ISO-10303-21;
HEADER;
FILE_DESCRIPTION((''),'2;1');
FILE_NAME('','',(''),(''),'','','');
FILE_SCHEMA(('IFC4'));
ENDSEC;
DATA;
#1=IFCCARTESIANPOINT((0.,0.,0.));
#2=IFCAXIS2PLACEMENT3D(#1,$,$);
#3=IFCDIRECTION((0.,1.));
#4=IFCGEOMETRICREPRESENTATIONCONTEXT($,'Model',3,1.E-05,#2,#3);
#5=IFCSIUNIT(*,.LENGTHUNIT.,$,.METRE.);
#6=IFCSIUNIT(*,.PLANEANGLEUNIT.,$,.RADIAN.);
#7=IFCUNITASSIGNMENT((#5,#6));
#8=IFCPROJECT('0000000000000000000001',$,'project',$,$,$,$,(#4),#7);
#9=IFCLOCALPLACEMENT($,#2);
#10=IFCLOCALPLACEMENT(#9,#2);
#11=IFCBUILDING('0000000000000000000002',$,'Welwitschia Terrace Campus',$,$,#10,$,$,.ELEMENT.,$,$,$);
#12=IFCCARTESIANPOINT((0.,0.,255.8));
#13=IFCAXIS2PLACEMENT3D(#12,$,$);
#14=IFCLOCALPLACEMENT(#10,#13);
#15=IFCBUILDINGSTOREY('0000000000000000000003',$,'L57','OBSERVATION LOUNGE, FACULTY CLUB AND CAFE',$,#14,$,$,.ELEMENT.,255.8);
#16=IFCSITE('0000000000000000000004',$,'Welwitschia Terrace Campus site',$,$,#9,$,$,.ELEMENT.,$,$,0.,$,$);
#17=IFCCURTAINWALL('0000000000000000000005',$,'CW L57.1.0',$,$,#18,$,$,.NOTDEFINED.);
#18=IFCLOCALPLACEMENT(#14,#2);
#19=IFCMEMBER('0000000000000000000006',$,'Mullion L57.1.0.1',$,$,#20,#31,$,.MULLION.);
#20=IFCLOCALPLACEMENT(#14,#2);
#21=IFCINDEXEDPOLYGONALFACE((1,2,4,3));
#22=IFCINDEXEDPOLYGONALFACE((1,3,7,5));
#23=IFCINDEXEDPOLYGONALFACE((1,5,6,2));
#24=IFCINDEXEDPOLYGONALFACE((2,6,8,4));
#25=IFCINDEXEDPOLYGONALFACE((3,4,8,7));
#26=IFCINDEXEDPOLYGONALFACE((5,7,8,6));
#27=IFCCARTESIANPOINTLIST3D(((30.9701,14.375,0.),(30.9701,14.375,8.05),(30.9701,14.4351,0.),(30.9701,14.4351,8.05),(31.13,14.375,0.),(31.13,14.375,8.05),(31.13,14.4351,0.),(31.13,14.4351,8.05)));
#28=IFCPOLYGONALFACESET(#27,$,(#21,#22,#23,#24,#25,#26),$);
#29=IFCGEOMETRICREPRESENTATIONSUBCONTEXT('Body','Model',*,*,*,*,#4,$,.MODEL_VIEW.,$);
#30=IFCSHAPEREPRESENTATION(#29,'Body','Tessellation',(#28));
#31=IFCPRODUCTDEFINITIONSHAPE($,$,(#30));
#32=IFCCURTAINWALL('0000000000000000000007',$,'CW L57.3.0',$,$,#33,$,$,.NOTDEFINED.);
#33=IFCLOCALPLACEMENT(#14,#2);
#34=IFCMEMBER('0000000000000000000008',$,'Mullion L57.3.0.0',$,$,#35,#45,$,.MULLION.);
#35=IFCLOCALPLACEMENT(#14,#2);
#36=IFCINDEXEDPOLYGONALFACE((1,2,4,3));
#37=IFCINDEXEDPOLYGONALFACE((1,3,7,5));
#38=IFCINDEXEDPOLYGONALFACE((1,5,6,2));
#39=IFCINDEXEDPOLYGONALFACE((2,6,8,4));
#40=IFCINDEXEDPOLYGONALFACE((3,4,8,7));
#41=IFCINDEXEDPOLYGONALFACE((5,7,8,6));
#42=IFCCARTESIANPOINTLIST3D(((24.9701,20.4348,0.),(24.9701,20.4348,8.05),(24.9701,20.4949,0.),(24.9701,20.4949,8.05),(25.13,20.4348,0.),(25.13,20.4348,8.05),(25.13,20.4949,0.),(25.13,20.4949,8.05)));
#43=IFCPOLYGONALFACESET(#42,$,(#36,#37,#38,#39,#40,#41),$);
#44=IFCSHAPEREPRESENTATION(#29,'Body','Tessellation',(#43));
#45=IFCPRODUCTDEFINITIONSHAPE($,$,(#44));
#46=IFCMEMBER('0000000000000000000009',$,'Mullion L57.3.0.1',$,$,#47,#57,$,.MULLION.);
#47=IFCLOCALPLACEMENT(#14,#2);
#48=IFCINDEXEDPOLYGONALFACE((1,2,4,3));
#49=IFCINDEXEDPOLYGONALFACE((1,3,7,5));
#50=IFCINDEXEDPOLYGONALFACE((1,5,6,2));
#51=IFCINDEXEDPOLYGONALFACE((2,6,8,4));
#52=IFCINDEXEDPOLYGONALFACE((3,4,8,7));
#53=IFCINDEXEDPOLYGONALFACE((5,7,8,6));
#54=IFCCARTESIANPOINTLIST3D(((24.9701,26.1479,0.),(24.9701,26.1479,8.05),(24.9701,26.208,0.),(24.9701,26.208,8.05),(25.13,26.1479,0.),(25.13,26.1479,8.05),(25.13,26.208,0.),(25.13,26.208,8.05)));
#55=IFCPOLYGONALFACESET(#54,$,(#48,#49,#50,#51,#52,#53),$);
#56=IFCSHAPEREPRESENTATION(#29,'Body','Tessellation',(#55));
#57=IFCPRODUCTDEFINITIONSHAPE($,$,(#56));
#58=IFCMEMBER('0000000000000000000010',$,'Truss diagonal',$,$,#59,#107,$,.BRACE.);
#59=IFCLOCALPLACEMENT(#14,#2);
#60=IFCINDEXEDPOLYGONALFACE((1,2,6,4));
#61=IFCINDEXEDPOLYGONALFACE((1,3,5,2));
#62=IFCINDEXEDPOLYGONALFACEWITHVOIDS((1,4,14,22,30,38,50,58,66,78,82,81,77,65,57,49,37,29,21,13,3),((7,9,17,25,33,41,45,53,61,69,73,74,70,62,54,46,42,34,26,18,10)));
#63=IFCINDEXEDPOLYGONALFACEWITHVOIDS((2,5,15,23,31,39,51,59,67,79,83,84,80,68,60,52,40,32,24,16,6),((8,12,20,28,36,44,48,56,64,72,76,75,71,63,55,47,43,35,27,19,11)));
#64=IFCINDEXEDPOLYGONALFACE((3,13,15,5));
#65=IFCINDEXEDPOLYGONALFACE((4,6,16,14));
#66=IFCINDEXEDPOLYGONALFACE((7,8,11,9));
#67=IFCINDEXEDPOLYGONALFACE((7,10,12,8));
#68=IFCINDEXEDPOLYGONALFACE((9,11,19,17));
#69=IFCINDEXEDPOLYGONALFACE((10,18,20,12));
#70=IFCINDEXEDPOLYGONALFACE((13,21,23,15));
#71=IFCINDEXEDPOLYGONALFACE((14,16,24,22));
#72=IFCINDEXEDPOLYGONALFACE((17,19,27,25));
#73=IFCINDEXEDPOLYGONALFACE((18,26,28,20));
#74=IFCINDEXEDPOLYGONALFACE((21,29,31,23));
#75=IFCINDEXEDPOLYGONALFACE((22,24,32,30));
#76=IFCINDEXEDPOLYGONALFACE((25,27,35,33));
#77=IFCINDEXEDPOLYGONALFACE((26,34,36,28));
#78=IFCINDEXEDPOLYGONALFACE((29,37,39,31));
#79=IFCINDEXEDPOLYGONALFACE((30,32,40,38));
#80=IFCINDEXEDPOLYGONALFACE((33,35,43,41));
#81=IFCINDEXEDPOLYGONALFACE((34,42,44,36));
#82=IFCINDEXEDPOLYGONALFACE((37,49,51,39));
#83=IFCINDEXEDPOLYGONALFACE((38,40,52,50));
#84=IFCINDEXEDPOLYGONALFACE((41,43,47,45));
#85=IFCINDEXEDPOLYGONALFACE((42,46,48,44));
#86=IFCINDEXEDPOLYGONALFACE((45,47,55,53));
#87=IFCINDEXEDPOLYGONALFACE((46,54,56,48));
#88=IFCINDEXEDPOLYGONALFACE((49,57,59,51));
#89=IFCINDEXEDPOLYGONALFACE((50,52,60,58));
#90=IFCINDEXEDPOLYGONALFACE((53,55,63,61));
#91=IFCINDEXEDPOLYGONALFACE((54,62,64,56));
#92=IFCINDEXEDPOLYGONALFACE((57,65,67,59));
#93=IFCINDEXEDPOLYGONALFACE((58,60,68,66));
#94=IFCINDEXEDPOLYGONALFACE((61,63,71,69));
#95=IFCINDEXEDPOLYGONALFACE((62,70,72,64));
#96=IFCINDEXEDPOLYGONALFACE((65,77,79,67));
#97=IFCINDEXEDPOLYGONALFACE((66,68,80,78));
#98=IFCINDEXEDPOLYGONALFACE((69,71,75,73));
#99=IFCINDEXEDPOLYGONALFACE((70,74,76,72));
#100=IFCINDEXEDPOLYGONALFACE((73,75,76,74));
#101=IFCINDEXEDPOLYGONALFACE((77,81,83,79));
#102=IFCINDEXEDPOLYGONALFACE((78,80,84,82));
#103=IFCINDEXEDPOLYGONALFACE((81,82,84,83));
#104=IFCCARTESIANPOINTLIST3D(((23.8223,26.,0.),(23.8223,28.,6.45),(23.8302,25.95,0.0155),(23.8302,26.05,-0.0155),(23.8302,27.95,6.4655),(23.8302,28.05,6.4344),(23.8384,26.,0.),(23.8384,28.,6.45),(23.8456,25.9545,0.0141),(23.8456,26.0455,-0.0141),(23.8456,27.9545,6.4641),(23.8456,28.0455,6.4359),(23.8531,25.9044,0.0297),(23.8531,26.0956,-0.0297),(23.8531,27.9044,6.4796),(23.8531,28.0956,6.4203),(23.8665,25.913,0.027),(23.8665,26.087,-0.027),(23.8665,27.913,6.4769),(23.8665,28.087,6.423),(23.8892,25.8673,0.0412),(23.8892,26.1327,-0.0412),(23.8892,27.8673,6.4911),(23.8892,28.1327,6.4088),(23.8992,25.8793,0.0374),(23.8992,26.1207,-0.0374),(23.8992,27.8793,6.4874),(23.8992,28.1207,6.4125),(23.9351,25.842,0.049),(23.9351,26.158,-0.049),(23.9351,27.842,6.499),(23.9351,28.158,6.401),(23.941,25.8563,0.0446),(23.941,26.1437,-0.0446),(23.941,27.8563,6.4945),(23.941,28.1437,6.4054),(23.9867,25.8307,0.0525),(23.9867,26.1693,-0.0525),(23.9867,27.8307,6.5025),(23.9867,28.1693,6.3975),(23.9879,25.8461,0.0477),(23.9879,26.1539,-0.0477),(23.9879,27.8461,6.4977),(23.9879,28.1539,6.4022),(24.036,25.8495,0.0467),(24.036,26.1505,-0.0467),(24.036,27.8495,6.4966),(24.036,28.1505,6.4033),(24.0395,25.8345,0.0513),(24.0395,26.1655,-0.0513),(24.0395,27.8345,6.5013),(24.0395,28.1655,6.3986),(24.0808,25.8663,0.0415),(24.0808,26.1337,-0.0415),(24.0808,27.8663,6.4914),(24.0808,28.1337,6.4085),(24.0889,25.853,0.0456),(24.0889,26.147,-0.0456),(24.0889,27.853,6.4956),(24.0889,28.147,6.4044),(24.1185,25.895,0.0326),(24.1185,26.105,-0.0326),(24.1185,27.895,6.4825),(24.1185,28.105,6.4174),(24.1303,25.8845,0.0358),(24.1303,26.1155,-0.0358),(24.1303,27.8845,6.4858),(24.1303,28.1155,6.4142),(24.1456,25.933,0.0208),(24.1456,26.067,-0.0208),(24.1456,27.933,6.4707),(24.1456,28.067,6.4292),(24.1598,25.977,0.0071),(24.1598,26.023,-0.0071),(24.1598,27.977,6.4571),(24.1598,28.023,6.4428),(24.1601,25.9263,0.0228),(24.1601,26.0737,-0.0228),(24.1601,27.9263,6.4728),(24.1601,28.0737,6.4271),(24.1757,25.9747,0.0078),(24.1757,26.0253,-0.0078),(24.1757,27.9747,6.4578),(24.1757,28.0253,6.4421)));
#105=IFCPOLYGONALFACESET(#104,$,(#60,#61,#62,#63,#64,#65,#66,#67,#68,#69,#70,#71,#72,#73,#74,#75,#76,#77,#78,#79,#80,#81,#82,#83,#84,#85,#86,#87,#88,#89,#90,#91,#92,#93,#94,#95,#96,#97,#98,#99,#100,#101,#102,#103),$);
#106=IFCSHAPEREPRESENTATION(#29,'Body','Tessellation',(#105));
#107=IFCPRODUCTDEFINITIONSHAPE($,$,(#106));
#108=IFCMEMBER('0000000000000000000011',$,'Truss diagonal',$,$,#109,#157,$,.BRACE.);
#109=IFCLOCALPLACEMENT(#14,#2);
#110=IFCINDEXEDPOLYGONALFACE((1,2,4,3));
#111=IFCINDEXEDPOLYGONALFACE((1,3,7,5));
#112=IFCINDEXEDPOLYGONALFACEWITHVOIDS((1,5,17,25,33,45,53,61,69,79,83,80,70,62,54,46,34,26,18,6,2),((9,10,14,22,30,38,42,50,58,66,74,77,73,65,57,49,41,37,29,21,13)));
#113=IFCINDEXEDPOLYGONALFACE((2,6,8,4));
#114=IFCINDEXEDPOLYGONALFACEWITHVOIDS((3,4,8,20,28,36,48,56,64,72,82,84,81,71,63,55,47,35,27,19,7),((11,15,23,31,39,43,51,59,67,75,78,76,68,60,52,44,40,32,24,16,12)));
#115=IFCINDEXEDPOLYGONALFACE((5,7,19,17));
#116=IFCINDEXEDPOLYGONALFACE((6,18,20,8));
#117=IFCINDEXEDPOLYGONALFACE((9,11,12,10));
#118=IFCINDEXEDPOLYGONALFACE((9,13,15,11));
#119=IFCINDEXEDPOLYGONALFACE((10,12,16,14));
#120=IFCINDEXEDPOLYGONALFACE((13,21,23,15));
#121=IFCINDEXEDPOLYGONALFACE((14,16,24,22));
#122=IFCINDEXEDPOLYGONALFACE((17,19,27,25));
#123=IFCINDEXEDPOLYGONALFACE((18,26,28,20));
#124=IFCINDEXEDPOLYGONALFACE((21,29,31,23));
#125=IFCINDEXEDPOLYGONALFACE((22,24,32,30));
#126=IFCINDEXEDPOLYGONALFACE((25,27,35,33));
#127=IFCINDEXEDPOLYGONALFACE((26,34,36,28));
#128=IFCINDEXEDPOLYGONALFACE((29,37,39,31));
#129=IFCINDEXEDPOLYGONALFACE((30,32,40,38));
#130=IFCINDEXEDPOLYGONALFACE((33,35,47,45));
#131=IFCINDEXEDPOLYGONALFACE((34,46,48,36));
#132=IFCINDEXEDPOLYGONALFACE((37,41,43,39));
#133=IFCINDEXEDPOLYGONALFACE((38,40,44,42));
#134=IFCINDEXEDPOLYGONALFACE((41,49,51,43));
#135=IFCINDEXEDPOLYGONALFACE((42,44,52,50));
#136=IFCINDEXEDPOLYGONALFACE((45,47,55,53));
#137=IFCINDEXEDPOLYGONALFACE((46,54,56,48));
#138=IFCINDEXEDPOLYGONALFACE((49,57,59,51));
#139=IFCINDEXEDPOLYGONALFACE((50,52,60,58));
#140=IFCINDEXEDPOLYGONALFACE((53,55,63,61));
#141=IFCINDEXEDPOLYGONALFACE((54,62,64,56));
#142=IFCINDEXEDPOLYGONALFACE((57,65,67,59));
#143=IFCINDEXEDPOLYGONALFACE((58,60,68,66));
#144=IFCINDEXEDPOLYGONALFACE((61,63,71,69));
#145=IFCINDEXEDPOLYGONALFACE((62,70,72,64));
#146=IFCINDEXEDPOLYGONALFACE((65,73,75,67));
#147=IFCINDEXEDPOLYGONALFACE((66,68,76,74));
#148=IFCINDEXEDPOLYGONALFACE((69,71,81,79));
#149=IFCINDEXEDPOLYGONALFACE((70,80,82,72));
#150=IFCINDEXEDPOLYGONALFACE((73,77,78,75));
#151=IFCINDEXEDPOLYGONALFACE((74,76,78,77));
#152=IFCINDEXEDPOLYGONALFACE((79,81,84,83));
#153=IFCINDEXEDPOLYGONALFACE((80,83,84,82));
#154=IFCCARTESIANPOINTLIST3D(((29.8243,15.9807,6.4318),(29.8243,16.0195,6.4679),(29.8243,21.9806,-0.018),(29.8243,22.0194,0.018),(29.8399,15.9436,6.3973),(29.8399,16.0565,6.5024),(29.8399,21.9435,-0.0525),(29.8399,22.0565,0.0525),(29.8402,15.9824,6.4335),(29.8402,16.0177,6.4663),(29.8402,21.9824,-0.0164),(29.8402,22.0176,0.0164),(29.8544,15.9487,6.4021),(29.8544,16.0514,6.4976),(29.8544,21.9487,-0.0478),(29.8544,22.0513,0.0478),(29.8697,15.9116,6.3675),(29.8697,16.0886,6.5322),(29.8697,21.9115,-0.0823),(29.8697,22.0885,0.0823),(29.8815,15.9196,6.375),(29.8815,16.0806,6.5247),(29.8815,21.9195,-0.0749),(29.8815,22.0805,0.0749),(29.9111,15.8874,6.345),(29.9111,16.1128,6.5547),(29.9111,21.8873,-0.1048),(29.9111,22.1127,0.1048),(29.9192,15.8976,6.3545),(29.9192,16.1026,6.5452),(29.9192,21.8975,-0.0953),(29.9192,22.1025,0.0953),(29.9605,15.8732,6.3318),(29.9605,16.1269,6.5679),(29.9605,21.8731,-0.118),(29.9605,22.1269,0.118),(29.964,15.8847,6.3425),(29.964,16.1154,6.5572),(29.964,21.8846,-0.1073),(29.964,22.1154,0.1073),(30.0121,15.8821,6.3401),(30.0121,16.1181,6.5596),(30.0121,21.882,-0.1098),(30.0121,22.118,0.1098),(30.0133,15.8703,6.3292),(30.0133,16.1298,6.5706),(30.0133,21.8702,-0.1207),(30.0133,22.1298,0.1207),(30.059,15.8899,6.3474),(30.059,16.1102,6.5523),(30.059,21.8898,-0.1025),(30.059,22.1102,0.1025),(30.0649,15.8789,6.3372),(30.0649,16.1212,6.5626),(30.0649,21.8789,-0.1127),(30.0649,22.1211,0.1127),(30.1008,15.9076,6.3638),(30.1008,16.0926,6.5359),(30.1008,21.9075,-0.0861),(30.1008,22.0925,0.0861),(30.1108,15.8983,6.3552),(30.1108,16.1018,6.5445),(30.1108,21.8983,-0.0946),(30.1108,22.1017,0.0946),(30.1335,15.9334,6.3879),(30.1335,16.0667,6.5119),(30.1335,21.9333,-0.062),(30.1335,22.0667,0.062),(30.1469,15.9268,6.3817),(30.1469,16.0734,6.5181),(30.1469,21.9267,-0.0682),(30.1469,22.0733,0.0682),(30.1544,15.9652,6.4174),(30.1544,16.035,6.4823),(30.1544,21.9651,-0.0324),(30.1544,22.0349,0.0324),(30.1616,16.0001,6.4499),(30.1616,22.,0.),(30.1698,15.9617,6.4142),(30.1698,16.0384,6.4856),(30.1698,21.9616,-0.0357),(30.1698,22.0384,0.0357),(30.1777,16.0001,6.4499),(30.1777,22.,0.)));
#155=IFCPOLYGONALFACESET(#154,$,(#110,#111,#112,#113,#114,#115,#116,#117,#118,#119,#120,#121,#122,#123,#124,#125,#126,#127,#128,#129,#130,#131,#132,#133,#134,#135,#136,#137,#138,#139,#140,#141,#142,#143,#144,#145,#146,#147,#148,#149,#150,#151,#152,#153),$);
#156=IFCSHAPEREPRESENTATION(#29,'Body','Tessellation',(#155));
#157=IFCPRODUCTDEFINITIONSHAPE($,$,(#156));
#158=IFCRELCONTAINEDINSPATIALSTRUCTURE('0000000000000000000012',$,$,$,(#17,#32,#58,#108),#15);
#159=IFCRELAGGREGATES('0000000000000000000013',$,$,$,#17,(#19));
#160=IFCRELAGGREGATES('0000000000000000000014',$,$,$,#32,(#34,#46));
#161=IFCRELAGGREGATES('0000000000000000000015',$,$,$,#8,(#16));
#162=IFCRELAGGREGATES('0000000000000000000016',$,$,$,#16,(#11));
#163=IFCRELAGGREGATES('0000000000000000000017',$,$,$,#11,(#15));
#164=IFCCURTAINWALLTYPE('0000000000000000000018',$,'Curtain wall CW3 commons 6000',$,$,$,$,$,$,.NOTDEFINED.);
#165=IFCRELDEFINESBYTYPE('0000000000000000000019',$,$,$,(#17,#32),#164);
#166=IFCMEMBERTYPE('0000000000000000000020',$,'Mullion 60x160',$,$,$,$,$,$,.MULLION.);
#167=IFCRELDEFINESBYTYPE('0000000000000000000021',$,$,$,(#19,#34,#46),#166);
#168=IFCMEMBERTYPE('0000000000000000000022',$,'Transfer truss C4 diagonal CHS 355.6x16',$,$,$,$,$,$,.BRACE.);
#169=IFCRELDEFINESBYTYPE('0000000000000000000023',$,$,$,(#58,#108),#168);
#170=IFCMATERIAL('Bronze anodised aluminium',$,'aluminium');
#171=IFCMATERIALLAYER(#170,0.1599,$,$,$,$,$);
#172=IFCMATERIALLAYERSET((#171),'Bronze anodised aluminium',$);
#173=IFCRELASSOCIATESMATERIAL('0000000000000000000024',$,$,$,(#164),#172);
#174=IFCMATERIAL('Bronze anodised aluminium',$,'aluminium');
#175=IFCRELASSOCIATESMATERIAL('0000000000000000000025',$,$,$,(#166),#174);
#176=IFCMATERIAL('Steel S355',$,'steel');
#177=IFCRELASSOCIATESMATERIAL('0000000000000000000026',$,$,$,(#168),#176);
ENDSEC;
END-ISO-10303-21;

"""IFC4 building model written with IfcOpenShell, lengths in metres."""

from ifc_helpers import new_model, si_unit, direction, frame, origin, origin_2d, place, context, subcontext, project, spatial, rectangle, hollow_circle, extrude, material, layer, layer_set, material_profile, profile_set, type_object, element, aggregate, save


model = new_model("IFC4")

# Units and contexts
model_context = context("Model", 3, precision=1e-05, world=origin(), true_north=direction((0.0, 1.0)))
body_context = subcontext(model_context, "Body", "Model", "MODEL_VIEW")
ifc_project = project(units=[si_unit("LENGTHUNIT", "METRE"), si_unit("PLANEANGLEUNIT", "RADIAN")], contexts=[model_context])

# Site, building, storey
site_placement = place(None, origin())
site = spatial("IfcSite", under=ifc_project, at=site_placement, Name="Welwitschia Terrace Campus site", CompositionType="ELEMENT", RefElevation=0.0)
building_placement = place(site_placement, origin())
building = spatial("IfcBuilding", under=site, at=building_placement, Name="Welwitschia Terrace Campus", CompositionType="ELEMENT")
storey_placement = place(building_placement, frame((0.0, 0.0, 255.8)))
storey = spatial("IfcBuildingStorey", under=building, at=storey_placement, Name="L57", Description="OBSERVATION LOUNGE, FACULTY CLUB AND CAFE", CompositionType="ELEMENT", Elevation=255.8)

# Curtain wall, member
ifc_material_1 = material(Name="Bronze anodised aluminium", Category="aluminium")
ifc_layer_1 = layer(ifc_material_1, 0.1599)
ifc_layer_set_1 = layer_set([ifc_layer_1], Name="Bronze anodised aluminium")
curtain_wall_type = type_object("IfcCurtainWallType", Name="Curtain wall CW3 commons 6000", PredefinedType="NOTDEFINED", material=ifc_layer_set_1)
curtain_wall_1_placement = place(storey_placement, origin())
curtain_wall_1 = element("IfcCurtainWall", 1, at=curtain_wall_1_placement, inside=storey, type_object=curtain_wall_type, Name="CW L57.1.0", PredefinedType="NOTDEFINED")
ifc_material_2 = material(Name="Bronze anodised aluminium", Category="aluminium")
ifc_material_profile_1 = material_profile(ifc_material_2, rectangle(XDim=0.1599, YDim=0.0601, at=origin_2d()))
ifc_profile_set_1 = profile_set([ifc_material_profile_1], Name="Bronze anodised aluminium")
member_type_1 = type_object("IfcMemberType", Name="Mullion 60x160", PredefinedType="MULLION", material=ifc_profile_set_1)
member_1_placement = place(storey_placement, frame((31.05, 14.405, 0.0), z_axis=(0.0, 0.0, 1.0), x_axis=(-1.0, 0.0, 0.0)))
member_1 = element("IfcMember", 2, at=member_1_placement, type_object=member_type_1, Name="Mullion L57.1.0.1", PredefinedType="MULLION", context=body_context, shape_type="SweptSolid", body=[
    extrude(rectangle(XDim=0.1599, YDim=0.0601, at=origin_2d()), origin(), (0.0, 0.0, 1.0), 8.05),
])
aggregate(curtain_wall_1, [member_1])

# Curtain wall, members
curtain_wall_2_placement = place(storey_placement, origin())
curtain_wall_2 = element("IfcCurtainWall", 3, at=curtain_wall_2_placement, inside=storey, type_object=curtain_wall_type, Name="CW L57.3.0", PredefinedType="NOTDEFINED")
member_2_placement = place(storey_placement, frame((25.05, 20.4648, 0.0), z_axis=(0.0, 0.0, 1.0), x_axis=(-1.0, 0.0, 0.0)))
member_2 = element("IfcMember", 4, at=member_2_placement, type_object=member_type_1, Name="Mullion L57.3.0.0", PredefinedType="MULLION", context=body_context, shape_type="SweptSolid", body=[
    extrude(rectangle(XDim=0.1599, YDim=0.0601, at=origin_2d()), origin(), (0.0, 0.0, 1.0), 8.05),
])
member_3_placement = place(storey_placement, frame((25.05, 26.178, 0.0), z_axis=(0.0, 0.0, 1.0), x_axis=(-1.0, 0.0, 0.0)))
member_3 = element("IfcMember", 5, at=member_3_placement, type_object=member_type_1, Name="Mullion L57.3.0.1", PredefinedType="MULLION", context=body_context, shape_type="SweptSolid", body=[
    extrude(rectangle(XDim=0.1599, YDim=0.0601, at=origin_2d()), origin(), (0.0, 0.0, 1.0), 8.05),
])

# Members
ifc_material_3 = material(Name="Steel S355", Category="steel")
ifc_material_profile_2 = material_profile(ifc_material_3, hollow_circle(Radius=0.1777, WallThickness=0.0161, at=origin_2d()))
ifc_profile_set_2 = profile_set([ifc_material_profile_2], Name="Steel S355")
member_type_2 = type_object("IfcMemberType", Name="Transfer truss C4 diagonal CHS 355.6x16", PredefinedType="BRACE", material=ifc_profile_set_2)
member_4_placement = place(storey_placement, frame((24.0, 26.0, 0.0), z_axis=(0.0, 0.296168, 0.955136), x_axis=(-1.0, 0.0, 0.0)))
element("IfcMember", 6, at=member_4_placement, inside=storey, type_object=member_type_2, Name="Truss diagonal", PredefinedType="BRACE", context=body_context, shape_type="SweptSolid", body=[
    extrude(hollow_circle(Radius=0.1777, WallThickness=0.0161, at=origin_2d()), origin(), (0.0, 0.0, 1.0), 6.7529),
])
member_5_placement = place(storey_placement, frame((30.0, 22.0, 0.0), z_axis=(0.0, -0.681107, 0.732184), x_axis=(1.0, 0.0, 0.0)))
element("IfcMember", 7, at=member_5_placement, inside=storey, type_object=member_type_2, Name="Truss diagonal", PredefinedType="BRACE", context=body_context, shape_type="SweptSolid", body=[
    extrude(hollow_circle(Radius=0.1777, WallThickness=0.0161, at=origin_2d()), origin(), (0.0, 0.0, 1.0), 8.8091),
])

aggregate(curtain_wall_2, [member_2, member_3])

save(model, "model.ifc")
